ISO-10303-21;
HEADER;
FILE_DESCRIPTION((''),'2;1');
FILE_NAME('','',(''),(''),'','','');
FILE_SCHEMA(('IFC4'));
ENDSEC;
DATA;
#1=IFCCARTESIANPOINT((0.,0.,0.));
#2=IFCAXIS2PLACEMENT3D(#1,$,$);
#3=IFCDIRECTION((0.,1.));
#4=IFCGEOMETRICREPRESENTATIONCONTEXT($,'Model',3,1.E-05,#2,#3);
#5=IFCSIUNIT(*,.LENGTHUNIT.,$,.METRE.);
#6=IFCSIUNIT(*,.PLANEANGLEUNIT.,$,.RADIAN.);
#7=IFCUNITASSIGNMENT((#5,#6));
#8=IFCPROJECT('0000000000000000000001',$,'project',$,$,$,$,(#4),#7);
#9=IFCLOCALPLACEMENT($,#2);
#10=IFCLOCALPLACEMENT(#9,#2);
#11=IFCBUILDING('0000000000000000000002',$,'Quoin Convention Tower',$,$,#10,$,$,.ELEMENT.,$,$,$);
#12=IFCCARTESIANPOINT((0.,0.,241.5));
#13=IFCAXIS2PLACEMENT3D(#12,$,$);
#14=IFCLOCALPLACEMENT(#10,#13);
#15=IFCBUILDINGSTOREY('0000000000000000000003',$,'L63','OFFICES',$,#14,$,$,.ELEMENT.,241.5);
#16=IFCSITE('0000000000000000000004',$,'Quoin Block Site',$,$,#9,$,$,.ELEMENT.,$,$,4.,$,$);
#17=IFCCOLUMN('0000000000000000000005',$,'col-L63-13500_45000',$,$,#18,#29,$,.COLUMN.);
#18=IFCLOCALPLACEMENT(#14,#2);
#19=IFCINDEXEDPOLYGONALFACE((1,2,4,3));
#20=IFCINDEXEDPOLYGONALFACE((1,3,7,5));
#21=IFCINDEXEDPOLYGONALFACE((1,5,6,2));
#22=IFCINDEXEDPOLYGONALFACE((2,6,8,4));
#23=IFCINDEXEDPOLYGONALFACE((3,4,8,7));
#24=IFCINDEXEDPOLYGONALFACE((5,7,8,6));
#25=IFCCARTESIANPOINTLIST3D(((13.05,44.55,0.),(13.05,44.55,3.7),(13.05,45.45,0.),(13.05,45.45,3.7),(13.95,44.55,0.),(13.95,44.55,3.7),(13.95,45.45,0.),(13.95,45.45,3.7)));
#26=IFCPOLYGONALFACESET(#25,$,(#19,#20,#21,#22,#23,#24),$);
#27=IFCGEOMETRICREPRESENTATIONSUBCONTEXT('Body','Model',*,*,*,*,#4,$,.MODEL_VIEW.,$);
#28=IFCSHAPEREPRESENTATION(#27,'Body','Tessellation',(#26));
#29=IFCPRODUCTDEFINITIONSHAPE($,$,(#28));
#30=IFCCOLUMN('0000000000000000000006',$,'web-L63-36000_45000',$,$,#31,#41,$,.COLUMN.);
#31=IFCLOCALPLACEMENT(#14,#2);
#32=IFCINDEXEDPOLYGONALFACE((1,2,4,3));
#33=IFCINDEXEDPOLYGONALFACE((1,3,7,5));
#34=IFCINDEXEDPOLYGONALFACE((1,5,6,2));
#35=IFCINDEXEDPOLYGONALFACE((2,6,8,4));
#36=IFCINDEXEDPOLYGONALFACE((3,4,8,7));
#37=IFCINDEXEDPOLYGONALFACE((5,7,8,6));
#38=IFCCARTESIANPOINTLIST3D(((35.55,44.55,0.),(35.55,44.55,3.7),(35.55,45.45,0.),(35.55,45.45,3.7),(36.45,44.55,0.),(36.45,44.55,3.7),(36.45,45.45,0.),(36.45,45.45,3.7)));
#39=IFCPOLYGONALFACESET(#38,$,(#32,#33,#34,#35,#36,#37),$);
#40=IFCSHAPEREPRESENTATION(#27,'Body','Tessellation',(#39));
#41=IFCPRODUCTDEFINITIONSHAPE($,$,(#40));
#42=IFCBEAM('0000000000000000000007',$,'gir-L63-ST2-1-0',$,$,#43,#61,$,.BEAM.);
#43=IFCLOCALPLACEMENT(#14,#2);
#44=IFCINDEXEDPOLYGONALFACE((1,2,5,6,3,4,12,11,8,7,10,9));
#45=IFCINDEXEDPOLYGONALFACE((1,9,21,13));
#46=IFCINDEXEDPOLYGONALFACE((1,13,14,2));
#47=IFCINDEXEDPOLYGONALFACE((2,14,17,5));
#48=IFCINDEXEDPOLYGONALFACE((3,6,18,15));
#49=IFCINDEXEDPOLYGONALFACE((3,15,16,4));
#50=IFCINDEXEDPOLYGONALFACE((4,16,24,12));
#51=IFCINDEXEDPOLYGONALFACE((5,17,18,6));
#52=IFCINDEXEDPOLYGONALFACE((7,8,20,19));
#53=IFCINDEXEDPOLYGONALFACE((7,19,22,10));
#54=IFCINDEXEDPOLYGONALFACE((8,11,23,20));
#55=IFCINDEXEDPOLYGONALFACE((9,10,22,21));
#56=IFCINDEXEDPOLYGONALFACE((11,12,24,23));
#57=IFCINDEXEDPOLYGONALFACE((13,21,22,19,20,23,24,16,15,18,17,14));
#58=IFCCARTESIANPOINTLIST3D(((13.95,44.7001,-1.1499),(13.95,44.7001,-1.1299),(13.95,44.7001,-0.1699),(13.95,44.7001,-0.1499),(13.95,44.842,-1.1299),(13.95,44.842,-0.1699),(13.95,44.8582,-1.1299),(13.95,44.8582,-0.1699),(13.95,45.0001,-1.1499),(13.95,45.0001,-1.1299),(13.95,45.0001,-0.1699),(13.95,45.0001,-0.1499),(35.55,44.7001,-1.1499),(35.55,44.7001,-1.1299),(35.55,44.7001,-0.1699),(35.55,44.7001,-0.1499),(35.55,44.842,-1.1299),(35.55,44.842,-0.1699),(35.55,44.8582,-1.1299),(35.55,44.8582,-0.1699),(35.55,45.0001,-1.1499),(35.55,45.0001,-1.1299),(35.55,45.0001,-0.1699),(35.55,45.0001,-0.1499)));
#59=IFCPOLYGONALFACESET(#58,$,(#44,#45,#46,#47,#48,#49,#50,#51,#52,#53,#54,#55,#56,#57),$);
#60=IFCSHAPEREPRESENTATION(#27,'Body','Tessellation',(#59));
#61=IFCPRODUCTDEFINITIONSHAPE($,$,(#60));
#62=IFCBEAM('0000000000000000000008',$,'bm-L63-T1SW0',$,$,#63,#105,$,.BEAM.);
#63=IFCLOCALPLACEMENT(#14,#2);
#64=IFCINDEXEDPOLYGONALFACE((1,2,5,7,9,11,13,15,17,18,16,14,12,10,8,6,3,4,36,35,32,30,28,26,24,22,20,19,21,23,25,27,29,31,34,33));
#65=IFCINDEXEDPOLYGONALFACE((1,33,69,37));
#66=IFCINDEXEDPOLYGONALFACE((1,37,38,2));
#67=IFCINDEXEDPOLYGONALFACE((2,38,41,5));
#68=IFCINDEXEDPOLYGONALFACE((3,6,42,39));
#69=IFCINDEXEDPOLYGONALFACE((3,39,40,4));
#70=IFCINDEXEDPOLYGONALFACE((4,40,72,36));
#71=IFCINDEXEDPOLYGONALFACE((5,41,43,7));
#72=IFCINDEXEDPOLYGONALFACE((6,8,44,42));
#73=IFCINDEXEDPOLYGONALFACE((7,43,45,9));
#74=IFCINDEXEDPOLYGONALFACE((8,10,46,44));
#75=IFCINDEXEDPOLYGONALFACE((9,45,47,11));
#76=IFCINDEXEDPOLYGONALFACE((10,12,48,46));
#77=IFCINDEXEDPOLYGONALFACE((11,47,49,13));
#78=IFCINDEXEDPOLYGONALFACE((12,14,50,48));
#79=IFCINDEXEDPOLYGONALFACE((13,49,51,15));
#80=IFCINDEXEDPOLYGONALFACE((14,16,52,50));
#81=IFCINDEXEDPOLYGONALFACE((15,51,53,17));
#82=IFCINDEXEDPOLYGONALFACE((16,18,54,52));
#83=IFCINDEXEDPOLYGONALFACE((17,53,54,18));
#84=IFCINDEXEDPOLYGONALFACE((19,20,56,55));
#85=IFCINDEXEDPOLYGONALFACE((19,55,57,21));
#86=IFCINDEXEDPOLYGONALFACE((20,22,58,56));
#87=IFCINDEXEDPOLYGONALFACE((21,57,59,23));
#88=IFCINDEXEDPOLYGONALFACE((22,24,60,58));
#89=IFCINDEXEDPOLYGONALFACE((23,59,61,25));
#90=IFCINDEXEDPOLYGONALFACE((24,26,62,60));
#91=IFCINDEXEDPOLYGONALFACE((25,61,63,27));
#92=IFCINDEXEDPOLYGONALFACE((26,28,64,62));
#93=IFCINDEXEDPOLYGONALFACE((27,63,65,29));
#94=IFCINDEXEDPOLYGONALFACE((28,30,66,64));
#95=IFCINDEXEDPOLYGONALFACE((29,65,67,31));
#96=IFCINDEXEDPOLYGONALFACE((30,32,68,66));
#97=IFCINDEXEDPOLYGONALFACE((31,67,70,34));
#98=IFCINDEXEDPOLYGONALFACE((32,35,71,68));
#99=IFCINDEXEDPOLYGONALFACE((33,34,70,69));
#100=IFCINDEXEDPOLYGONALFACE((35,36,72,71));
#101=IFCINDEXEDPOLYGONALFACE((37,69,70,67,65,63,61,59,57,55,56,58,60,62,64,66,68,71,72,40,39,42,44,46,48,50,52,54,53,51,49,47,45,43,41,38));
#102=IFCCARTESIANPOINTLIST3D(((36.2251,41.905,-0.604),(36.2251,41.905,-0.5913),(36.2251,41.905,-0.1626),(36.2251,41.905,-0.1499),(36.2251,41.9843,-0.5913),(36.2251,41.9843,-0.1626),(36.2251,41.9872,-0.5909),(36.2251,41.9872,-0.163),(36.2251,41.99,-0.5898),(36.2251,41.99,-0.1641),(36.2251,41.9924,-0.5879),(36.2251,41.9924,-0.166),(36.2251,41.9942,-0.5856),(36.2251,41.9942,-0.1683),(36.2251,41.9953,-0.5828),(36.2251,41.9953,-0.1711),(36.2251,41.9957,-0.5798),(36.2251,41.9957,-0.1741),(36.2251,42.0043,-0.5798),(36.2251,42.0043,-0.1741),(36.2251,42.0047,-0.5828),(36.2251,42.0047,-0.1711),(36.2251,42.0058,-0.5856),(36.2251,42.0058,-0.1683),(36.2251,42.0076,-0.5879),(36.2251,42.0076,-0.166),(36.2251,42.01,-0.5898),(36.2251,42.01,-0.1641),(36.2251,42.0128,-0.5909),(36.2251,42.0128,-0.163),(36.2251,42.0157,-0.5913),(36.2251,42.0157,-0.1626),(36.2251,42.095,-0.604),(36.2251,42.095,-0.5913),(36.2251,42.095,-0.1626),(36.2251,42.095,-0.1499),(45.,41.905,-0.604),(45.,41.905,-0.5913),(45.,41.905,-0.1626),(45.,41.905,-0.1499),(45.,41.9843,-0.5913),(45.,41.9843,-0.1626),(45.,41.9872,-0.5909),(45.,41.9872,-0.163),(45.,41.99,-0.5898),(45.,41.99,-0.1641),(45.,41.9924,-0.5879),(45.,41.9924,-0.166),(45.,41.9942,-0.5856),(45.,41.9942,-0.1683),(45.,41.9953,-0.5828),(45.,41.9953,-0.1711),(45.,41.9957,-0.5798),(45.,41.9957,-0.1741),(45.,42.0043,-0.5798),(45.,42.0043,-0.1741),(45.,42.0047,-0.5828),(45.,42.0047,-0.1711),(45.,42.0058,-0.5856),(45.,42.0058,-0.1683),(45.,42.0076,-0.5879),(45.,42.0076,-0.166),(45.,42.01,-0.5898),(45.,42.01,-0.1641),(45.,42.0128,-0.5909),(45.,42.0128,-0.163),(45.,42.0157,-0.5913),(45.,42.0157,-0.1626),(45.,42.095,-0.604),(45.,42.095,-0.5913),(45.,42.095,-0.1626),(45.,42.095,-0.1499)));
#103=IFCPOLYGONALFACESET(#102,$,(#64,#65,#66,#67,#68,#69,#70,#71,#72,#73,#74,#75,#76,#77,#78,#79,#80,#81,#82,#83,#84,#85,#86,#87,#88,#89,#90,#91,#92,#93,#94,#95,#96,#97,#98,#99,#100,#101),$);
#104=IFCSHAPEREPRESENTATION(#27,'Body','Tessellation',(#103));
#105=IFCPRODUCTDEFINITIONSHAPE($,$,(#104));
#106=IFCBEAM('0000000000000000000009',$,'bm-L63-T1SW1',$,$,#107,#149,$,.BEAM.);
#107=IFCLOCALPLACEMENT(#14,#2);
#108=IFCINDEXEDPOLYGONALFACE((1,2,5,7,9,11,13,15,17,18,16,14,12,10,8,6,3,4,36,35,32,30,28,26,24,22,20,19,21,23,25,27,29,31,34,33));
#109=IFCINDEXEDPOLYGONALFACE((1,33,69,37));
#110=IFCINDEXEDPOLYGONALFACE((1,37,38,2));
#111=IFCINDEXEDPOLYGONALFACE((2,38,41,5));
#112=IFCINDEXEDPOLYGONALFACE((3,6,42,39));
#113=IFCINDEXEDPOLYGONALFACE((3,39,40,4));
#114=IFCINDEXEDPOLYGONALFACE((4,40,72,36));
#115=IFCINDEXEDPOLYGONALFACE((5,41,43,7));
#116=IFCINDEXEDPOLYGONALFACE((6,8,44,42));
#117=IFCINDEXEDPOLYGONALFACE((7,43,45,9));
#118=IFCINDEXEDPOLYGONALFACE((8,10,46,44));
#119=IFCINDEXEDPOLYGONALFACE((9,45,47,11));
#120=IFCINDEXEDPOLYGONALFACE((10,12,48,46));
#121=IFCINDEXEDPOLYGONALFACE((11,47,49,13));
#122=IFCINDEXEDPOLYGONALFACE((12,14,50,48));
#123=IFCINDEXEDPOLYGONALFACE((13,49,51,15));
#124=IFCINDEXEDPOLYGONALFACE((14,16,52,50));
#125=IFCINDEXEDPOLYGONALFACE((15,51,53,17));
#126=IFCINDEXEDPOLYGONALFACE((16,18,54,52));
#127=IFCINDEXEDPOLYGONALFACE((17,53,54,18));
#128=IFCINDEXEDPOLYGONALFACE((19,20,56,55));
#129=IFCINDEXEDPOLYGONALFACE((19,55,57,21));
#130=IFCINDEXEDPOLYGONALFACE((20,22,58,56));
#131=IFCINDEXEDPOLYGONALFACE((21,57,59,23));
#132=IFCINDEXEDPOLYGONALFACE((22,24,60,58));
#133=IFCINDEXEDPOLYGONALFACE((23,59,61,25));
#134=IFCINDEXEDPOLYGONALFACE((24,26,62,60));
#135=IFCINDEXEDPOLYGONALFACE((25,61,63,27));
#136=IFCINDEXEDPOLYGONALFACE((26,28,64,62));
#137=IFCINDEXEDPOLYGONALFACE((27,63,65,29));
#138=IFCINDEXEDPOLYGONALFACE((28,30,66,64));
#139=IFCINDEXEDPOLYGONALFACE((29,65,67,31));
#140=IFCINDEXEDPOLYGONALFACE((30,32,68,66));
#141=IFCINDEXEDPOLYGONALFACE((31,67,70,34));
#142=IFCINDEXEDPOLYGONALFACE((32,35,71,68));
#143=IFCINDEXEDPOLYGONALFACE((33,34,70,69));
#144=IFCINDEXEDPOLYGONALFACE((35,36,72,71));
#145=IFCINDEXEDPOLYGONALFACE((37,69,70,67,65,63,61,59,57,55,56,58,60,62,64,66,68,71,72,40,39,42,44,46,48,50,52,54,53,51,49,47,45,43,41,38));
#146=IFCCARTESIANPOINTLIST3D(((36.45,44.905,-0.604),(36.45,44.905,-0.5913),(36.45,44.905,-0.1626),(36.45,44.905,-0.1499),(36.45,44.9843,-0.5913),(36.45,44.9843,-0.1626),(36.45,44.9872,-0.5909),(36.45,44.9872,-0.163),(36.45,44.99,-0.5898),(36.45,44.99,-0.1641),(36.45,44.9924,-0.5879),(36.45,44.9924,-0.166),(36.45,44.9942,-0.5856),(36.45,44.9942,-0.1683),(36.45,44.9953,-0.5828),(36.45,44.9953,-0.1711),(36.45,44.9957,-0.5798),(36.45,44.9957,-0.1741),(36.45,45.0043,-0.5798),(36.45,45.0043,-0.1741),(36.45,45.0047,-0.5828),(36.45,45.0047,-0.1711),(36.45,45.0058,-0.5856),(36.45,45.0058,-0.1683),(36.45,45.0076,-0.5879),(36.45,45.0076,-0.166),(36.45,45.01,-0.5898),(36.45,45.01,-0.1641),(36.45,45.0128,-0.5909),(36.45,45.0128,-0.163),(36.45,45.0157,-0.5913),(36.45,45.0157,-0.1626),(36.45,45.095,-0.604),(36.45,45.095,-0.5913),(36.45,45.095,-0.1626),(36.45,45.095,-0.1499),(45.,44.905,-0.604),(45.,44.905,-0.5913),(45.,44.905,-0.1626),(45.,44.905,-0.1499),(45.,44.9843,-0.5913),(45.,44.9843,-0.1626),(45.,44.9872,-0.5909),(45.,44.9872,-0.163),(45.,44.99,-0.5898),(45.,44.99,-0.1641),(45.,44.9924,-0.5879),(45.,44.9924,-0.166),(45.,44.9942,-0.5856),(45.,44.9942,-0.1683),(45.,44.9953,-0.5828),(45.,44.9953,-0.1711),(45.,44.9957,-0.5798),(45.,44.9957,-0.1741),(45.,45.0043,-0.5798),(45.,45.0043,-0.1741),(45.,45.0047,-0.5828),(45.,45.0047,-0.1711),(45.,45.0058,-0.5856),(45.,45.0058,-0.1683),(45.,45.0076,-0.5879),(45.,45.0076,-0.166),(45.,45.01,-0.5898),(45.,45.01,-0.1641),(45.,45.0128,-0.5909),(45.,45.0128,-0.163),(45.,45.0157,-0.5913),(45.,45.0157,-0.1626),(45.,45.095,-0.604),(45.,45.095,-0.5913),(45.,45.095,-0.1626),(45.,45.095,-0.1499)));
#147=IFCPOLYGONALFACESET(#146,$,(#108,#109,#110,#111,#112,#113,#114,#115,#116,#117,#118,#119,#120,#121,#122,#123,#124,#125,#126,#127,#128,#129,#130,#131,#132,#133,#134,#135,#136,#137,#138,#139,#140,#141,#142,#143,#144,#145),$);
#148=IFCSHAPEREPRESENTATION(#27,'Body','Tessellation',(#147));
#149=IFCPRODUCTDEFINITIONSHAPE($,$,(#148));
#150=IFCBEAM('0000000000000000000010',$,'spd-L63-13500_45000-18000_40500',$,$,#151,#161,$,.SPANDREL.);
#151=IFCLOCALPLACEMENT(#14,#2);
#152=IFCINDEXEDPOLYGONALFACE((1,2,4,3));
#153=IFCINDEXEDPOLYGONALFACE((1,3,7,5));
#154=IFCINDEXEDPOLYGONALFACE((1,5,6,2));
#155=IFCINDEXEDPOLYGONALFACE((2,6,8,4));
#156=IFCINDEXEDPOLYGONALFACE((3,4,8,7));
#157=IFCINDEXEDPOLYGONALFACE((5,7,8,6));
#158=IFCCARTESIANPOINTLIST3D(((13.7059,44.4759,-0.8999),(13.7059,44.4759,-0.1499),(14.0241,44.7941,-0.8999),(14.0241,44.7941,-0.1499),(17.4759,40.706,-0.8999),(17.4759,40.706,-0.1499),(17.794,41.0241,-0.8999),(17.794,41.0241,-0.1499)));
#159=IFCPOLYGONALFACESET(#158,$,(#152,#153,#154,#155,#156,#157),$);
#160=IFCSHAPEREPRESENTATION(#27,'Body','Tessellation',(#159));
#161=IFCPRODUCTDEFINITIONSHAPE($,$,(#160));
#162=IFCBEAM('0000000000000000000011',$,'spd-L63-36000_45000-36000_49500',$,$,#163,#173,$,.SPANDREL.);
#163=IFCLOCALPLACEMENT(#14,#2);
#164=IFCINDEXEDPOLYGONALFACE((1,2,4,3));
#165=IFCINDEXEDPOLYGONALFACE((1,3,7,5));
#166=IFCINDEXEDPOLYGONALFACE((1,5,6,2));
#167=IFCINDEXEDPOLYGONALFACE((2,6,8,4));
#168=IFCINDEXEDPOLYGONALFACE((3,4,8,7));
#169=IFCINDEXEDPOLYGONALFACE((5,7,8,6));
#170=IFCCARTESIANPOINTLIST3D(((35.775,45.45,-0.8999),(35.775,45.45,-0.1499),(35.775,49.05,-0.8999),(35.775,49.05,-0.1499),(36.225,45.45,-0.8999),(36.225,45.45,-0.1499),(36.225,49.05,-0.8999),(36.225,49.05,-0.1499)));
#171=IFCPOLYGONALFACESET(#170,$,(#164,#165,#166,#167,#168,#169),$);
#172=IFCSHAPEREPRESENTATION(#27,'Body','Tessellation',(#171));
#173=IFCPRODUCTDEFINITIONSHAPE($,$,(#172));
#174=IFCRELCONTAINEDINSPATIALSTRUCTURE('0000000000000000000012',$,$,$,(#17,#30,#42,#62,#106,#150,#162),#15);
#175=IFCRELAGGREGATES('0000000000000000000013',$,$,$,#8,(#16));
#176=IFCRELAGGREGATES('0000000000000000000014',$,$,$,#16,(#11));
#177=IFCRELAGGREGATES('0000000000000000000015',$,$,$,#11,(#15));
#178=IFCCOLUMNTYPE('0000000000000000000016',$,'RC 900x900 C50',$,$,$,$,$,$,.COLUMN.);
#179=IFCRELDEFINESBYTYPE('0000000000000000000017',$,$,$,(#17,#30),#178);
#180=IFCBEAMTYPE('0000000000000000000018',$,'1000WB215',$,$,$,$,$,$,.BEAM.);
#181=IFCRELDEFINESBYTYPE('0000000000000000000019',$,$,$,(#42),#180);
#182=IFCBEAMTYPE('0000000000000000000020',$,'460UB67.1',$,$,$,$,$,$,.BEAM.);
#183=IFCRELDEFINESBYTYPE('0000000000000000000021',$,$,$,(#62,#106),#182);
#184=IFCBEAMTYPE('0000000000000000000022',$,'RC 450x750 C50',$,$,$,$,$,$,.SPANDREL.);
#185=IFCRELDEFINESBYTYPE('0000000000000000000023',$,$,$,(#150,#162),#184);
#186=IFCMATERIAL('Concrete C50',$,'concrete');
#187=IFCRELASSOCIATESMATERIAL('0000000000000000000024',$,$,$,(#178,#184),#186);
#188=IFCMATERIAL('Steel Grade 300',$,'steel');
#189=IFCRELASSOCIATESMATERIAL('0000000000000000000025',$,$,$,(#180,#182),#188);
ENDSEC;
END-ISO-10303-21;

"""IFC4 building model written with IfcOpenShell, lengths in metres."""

from ifc_helpers import new_model, si_unit, direction, frame, origin, origin_2d, place, context, subcontext, project, spatial, rectangle, i_section, extrude, material, material_profile, profile_set, type_object, element, save


model = new_model("IFC4")

# Units and contexts
model_context = context("Model", 3, precision=1e-05, world=origin(), true_north=direction((0.0, 1.0)))
body_context = subcontext(model_context, "Body", "Model", "MODEL_VIEW")
ifc_project = project(units=[si_unit("LENGTHUNIT", "METRE"), si_unit("PLANEANGLEUNIT", "RADIAN")], contexts=[model_context])

# Site, building, storey
site_placement = place(None, origin())
site = spatial("IfcSite", under=ifc_project, at=site_placement, Name="Quoin Block Site", CompositionType="ELEMENT", RefElevation=4.0)
building_placement = place(site_placement, origin())
building = spatial("IfcBuilding", under=site, at=building_placement, Name="Quoin Convention Tower", CompositionType="ELEMENT")
storey_placement = place(building_placement, frame((0.0, 0.0, 241.5)))
storey = spatial("IfcBuildingStorey", under=building, at=storey_placement, Name="L63", Description="OFFICES", CompositionType="ELEMENT", Elevation=241.5)

# Columns
ifc_material_1 = material(Name="Concrete C50", Category="concrete")
ifc_material_profile_1 = material_profile(ifc_material_1, rectangle(XDim=0.8999, YDim=0.8999, at=origin_2d()), Name="RC 900x900")
ifc_profile_set_1 = profile_set([ifc_material_profile_1], Name="Concrete C50")
column_type = type_object("IfcColumnType", Name="RC 900x900 C50", PredefinedType="COLUMN", material=ifc_profile_set_1)
for number, where, z_axis, x_axis, name in (
    (1, (13.5, 45.0, 0.0), (0.0, 0.0, 1.0), (1.0, 0.0, 0.0), "col-L63-13500_45000"),
    (2, (36.0, 45.0, 0.0), (0.0, 0.0, 1.0), (1.0, 0.0, 0.0), "web-L63-36000_45000"),
):
    element("IfcColumn", number, at=place(storey_placement, frame(where, z_axis=z_axis, x_axis=x_axis)), inside=storey, type_object=column_type, Name=name, PredefinedType="COLUMN", context=body_context, shape_type="SweptSolid", body=[
        extrude(rectangle(XDim=0.8999, YDim=0.8999, at=origin_2d()), origin(), (0.0, 0.0, 1.0), 3.7),
    ])

# Beams
ifc_material_2 = material(Name="Steel Grade 300", Category="steel")
ifc_material_profile_2 = material_profile(ifc_material_2, i_section(OverallWidth=0.3, OverallDepth=1.0, WebThickness=0.0161, FlangeThickness=0.02, at=origin_2d()), Name="1000WB215")
ifc_profile_set_2 = profile_set([ifc_material_profile_2], Name="Steel Grade 300")
beam_type_1 = type_object("IfcBeamType", Name="1000WB215", PredefinedType="BEAM", material=ifc_profile_set_2)
beam_1_placement = place(storey_placement, frame((13.95, 44.8501, -0.6499), z_axis=(1.0, 0.0, 0.0), x_axis=(0.0, 1.0, 0.0)))
element("IfcBeam", 3, at=beam_1_placement, inside=storey, type_object=beam_type_1, Name="gir-L63-ST2-1-0", PredefinedType="BEAM", context=body_context, shape_type="SweptSolid", body=[
    extrude(i_section(OverallWidth=0.3, OverallDepth=1.0, WebThickness=0.0161, FlangeThickness=0.02, at=origin_2d()), origin(), (0.0, 0.0, 1.0), 21.6001),
])
ifc_material_profile_3 = material_profile(ifc_material_2, i_section(OverallWidth=0.1899, OverallDepth=0.4541, WebThickness=0.0085, FlangeThickness=0.0127, FilletRadius=0.0115, at=origin_2d()), Name="460UB67.1")
ifc_profile_set_3 = profile_set([ifc_material_profile_3], Name="Steel Grade 300")
beam_type_2 = type_object("IfcBeamType", Name="460UB67.1", PredefinedType="BEAM", material=ifc_profile_set_3)
beam_2_placement = place(storey_placement, frame((36.2251, 42.0, -0.377), z_axis=(1.0, 0.0, 0.0), x_axis=(0.0, 1.0, 0.0)))
element("IfcBeam", 4, at=beam_2_placement, inside=storey, type_object=beam_type_2, Name="bm-L63-T1SW0", PredefinedType="BEAM", context=body_context, shape_type="SweptSolid", body=[
    extrude(i_section(OverallWidth=0.1899, OverallDepth=0.4541, WebThickness=0.0085, FlangeThickness=0.0127, FilletRadius=0.0115, at=origin_2d()), origin(), (0.0, 0.0, 1.0), 8.7749),
])
beam_3_placement = place(storey_placement, frame((36.45, 45.0, -0.377), z_axis=(1.0, 0.0, 0.0), x_axis=(0.0, 1.0, 0.0)))
element("IfcBeam", 5, at=beam_3_placement, inside=storey, type_object=beam_type_2, Name="bm-L63-T1SW1", PredefinedType="BEAM", context=body_context, shape_type="SweptSolid", body=[
    extrude(i_section(OverallWidth=0.1899, OverallDepth=0.4541, WebThickness=0.0085, FlangeThickness=0.0127, FilletRadius=0.0115, at=origin_2d()), origin(), (0.0, 0.0, 1.0), 8.55),
])
ifc_material_profile_4 = material_profile(ifc_material_1, rectangle(XDim=0.45, YDim=0.75, at=origin_2d()), Name="RC 450x750")
ifc_profile_set_4 = profile_set([ifc_material_profile_4], Name="Concrete C50")
beam_type_3 = type_object("IfcBeamType", Name="RC 450x750 C50", PredefinedType="SPANDREL", material=ifc_profile_set_4)
beam_4_placement = place(storey_placement, frame((13.865, 44.635, -0.5249), z_axis=(0.707107, -0.707107, 0.0), x_axis=(0.707107, 0.707107, 0.0)))
element("IfcBeam", 6, at=beam_4_placement, inside=storey, type_object=beam_type_3, Name="spd-L63-13500_45000-18000_40500", PredefinedType="SPANDREL", context=body_context, shape_type="SweptSolid", body=[
    extrude(rectangle(XDim=0.45, YDim=0.75, at=origin_2d()), origin(), (0.0, 0.0, 1.0), 5.3315),
])
beam_5_placement = place(storey_placement, frame((36.0, 45.45, -0.5249), z_axis=(0.0, 1.0, 0.0), x_axis=(-1.0, 0.0, 0.0)))
element("IfcBeam", 7, at=beam_5_placement, inside=storey, type_object=beam_type_3, Name="spd-L63-36000_45000-36000_49500", PredefinedType="SPANDREL", context=body_context, shape_type="SweptSolid", body=[
    extrude(rectangle(XDim=0.45, YDim=0.75, at=origin_2d()), origin(), (0.0, 0.0, 1.0), 3.6001),
])

save(model, "model.ifc")
